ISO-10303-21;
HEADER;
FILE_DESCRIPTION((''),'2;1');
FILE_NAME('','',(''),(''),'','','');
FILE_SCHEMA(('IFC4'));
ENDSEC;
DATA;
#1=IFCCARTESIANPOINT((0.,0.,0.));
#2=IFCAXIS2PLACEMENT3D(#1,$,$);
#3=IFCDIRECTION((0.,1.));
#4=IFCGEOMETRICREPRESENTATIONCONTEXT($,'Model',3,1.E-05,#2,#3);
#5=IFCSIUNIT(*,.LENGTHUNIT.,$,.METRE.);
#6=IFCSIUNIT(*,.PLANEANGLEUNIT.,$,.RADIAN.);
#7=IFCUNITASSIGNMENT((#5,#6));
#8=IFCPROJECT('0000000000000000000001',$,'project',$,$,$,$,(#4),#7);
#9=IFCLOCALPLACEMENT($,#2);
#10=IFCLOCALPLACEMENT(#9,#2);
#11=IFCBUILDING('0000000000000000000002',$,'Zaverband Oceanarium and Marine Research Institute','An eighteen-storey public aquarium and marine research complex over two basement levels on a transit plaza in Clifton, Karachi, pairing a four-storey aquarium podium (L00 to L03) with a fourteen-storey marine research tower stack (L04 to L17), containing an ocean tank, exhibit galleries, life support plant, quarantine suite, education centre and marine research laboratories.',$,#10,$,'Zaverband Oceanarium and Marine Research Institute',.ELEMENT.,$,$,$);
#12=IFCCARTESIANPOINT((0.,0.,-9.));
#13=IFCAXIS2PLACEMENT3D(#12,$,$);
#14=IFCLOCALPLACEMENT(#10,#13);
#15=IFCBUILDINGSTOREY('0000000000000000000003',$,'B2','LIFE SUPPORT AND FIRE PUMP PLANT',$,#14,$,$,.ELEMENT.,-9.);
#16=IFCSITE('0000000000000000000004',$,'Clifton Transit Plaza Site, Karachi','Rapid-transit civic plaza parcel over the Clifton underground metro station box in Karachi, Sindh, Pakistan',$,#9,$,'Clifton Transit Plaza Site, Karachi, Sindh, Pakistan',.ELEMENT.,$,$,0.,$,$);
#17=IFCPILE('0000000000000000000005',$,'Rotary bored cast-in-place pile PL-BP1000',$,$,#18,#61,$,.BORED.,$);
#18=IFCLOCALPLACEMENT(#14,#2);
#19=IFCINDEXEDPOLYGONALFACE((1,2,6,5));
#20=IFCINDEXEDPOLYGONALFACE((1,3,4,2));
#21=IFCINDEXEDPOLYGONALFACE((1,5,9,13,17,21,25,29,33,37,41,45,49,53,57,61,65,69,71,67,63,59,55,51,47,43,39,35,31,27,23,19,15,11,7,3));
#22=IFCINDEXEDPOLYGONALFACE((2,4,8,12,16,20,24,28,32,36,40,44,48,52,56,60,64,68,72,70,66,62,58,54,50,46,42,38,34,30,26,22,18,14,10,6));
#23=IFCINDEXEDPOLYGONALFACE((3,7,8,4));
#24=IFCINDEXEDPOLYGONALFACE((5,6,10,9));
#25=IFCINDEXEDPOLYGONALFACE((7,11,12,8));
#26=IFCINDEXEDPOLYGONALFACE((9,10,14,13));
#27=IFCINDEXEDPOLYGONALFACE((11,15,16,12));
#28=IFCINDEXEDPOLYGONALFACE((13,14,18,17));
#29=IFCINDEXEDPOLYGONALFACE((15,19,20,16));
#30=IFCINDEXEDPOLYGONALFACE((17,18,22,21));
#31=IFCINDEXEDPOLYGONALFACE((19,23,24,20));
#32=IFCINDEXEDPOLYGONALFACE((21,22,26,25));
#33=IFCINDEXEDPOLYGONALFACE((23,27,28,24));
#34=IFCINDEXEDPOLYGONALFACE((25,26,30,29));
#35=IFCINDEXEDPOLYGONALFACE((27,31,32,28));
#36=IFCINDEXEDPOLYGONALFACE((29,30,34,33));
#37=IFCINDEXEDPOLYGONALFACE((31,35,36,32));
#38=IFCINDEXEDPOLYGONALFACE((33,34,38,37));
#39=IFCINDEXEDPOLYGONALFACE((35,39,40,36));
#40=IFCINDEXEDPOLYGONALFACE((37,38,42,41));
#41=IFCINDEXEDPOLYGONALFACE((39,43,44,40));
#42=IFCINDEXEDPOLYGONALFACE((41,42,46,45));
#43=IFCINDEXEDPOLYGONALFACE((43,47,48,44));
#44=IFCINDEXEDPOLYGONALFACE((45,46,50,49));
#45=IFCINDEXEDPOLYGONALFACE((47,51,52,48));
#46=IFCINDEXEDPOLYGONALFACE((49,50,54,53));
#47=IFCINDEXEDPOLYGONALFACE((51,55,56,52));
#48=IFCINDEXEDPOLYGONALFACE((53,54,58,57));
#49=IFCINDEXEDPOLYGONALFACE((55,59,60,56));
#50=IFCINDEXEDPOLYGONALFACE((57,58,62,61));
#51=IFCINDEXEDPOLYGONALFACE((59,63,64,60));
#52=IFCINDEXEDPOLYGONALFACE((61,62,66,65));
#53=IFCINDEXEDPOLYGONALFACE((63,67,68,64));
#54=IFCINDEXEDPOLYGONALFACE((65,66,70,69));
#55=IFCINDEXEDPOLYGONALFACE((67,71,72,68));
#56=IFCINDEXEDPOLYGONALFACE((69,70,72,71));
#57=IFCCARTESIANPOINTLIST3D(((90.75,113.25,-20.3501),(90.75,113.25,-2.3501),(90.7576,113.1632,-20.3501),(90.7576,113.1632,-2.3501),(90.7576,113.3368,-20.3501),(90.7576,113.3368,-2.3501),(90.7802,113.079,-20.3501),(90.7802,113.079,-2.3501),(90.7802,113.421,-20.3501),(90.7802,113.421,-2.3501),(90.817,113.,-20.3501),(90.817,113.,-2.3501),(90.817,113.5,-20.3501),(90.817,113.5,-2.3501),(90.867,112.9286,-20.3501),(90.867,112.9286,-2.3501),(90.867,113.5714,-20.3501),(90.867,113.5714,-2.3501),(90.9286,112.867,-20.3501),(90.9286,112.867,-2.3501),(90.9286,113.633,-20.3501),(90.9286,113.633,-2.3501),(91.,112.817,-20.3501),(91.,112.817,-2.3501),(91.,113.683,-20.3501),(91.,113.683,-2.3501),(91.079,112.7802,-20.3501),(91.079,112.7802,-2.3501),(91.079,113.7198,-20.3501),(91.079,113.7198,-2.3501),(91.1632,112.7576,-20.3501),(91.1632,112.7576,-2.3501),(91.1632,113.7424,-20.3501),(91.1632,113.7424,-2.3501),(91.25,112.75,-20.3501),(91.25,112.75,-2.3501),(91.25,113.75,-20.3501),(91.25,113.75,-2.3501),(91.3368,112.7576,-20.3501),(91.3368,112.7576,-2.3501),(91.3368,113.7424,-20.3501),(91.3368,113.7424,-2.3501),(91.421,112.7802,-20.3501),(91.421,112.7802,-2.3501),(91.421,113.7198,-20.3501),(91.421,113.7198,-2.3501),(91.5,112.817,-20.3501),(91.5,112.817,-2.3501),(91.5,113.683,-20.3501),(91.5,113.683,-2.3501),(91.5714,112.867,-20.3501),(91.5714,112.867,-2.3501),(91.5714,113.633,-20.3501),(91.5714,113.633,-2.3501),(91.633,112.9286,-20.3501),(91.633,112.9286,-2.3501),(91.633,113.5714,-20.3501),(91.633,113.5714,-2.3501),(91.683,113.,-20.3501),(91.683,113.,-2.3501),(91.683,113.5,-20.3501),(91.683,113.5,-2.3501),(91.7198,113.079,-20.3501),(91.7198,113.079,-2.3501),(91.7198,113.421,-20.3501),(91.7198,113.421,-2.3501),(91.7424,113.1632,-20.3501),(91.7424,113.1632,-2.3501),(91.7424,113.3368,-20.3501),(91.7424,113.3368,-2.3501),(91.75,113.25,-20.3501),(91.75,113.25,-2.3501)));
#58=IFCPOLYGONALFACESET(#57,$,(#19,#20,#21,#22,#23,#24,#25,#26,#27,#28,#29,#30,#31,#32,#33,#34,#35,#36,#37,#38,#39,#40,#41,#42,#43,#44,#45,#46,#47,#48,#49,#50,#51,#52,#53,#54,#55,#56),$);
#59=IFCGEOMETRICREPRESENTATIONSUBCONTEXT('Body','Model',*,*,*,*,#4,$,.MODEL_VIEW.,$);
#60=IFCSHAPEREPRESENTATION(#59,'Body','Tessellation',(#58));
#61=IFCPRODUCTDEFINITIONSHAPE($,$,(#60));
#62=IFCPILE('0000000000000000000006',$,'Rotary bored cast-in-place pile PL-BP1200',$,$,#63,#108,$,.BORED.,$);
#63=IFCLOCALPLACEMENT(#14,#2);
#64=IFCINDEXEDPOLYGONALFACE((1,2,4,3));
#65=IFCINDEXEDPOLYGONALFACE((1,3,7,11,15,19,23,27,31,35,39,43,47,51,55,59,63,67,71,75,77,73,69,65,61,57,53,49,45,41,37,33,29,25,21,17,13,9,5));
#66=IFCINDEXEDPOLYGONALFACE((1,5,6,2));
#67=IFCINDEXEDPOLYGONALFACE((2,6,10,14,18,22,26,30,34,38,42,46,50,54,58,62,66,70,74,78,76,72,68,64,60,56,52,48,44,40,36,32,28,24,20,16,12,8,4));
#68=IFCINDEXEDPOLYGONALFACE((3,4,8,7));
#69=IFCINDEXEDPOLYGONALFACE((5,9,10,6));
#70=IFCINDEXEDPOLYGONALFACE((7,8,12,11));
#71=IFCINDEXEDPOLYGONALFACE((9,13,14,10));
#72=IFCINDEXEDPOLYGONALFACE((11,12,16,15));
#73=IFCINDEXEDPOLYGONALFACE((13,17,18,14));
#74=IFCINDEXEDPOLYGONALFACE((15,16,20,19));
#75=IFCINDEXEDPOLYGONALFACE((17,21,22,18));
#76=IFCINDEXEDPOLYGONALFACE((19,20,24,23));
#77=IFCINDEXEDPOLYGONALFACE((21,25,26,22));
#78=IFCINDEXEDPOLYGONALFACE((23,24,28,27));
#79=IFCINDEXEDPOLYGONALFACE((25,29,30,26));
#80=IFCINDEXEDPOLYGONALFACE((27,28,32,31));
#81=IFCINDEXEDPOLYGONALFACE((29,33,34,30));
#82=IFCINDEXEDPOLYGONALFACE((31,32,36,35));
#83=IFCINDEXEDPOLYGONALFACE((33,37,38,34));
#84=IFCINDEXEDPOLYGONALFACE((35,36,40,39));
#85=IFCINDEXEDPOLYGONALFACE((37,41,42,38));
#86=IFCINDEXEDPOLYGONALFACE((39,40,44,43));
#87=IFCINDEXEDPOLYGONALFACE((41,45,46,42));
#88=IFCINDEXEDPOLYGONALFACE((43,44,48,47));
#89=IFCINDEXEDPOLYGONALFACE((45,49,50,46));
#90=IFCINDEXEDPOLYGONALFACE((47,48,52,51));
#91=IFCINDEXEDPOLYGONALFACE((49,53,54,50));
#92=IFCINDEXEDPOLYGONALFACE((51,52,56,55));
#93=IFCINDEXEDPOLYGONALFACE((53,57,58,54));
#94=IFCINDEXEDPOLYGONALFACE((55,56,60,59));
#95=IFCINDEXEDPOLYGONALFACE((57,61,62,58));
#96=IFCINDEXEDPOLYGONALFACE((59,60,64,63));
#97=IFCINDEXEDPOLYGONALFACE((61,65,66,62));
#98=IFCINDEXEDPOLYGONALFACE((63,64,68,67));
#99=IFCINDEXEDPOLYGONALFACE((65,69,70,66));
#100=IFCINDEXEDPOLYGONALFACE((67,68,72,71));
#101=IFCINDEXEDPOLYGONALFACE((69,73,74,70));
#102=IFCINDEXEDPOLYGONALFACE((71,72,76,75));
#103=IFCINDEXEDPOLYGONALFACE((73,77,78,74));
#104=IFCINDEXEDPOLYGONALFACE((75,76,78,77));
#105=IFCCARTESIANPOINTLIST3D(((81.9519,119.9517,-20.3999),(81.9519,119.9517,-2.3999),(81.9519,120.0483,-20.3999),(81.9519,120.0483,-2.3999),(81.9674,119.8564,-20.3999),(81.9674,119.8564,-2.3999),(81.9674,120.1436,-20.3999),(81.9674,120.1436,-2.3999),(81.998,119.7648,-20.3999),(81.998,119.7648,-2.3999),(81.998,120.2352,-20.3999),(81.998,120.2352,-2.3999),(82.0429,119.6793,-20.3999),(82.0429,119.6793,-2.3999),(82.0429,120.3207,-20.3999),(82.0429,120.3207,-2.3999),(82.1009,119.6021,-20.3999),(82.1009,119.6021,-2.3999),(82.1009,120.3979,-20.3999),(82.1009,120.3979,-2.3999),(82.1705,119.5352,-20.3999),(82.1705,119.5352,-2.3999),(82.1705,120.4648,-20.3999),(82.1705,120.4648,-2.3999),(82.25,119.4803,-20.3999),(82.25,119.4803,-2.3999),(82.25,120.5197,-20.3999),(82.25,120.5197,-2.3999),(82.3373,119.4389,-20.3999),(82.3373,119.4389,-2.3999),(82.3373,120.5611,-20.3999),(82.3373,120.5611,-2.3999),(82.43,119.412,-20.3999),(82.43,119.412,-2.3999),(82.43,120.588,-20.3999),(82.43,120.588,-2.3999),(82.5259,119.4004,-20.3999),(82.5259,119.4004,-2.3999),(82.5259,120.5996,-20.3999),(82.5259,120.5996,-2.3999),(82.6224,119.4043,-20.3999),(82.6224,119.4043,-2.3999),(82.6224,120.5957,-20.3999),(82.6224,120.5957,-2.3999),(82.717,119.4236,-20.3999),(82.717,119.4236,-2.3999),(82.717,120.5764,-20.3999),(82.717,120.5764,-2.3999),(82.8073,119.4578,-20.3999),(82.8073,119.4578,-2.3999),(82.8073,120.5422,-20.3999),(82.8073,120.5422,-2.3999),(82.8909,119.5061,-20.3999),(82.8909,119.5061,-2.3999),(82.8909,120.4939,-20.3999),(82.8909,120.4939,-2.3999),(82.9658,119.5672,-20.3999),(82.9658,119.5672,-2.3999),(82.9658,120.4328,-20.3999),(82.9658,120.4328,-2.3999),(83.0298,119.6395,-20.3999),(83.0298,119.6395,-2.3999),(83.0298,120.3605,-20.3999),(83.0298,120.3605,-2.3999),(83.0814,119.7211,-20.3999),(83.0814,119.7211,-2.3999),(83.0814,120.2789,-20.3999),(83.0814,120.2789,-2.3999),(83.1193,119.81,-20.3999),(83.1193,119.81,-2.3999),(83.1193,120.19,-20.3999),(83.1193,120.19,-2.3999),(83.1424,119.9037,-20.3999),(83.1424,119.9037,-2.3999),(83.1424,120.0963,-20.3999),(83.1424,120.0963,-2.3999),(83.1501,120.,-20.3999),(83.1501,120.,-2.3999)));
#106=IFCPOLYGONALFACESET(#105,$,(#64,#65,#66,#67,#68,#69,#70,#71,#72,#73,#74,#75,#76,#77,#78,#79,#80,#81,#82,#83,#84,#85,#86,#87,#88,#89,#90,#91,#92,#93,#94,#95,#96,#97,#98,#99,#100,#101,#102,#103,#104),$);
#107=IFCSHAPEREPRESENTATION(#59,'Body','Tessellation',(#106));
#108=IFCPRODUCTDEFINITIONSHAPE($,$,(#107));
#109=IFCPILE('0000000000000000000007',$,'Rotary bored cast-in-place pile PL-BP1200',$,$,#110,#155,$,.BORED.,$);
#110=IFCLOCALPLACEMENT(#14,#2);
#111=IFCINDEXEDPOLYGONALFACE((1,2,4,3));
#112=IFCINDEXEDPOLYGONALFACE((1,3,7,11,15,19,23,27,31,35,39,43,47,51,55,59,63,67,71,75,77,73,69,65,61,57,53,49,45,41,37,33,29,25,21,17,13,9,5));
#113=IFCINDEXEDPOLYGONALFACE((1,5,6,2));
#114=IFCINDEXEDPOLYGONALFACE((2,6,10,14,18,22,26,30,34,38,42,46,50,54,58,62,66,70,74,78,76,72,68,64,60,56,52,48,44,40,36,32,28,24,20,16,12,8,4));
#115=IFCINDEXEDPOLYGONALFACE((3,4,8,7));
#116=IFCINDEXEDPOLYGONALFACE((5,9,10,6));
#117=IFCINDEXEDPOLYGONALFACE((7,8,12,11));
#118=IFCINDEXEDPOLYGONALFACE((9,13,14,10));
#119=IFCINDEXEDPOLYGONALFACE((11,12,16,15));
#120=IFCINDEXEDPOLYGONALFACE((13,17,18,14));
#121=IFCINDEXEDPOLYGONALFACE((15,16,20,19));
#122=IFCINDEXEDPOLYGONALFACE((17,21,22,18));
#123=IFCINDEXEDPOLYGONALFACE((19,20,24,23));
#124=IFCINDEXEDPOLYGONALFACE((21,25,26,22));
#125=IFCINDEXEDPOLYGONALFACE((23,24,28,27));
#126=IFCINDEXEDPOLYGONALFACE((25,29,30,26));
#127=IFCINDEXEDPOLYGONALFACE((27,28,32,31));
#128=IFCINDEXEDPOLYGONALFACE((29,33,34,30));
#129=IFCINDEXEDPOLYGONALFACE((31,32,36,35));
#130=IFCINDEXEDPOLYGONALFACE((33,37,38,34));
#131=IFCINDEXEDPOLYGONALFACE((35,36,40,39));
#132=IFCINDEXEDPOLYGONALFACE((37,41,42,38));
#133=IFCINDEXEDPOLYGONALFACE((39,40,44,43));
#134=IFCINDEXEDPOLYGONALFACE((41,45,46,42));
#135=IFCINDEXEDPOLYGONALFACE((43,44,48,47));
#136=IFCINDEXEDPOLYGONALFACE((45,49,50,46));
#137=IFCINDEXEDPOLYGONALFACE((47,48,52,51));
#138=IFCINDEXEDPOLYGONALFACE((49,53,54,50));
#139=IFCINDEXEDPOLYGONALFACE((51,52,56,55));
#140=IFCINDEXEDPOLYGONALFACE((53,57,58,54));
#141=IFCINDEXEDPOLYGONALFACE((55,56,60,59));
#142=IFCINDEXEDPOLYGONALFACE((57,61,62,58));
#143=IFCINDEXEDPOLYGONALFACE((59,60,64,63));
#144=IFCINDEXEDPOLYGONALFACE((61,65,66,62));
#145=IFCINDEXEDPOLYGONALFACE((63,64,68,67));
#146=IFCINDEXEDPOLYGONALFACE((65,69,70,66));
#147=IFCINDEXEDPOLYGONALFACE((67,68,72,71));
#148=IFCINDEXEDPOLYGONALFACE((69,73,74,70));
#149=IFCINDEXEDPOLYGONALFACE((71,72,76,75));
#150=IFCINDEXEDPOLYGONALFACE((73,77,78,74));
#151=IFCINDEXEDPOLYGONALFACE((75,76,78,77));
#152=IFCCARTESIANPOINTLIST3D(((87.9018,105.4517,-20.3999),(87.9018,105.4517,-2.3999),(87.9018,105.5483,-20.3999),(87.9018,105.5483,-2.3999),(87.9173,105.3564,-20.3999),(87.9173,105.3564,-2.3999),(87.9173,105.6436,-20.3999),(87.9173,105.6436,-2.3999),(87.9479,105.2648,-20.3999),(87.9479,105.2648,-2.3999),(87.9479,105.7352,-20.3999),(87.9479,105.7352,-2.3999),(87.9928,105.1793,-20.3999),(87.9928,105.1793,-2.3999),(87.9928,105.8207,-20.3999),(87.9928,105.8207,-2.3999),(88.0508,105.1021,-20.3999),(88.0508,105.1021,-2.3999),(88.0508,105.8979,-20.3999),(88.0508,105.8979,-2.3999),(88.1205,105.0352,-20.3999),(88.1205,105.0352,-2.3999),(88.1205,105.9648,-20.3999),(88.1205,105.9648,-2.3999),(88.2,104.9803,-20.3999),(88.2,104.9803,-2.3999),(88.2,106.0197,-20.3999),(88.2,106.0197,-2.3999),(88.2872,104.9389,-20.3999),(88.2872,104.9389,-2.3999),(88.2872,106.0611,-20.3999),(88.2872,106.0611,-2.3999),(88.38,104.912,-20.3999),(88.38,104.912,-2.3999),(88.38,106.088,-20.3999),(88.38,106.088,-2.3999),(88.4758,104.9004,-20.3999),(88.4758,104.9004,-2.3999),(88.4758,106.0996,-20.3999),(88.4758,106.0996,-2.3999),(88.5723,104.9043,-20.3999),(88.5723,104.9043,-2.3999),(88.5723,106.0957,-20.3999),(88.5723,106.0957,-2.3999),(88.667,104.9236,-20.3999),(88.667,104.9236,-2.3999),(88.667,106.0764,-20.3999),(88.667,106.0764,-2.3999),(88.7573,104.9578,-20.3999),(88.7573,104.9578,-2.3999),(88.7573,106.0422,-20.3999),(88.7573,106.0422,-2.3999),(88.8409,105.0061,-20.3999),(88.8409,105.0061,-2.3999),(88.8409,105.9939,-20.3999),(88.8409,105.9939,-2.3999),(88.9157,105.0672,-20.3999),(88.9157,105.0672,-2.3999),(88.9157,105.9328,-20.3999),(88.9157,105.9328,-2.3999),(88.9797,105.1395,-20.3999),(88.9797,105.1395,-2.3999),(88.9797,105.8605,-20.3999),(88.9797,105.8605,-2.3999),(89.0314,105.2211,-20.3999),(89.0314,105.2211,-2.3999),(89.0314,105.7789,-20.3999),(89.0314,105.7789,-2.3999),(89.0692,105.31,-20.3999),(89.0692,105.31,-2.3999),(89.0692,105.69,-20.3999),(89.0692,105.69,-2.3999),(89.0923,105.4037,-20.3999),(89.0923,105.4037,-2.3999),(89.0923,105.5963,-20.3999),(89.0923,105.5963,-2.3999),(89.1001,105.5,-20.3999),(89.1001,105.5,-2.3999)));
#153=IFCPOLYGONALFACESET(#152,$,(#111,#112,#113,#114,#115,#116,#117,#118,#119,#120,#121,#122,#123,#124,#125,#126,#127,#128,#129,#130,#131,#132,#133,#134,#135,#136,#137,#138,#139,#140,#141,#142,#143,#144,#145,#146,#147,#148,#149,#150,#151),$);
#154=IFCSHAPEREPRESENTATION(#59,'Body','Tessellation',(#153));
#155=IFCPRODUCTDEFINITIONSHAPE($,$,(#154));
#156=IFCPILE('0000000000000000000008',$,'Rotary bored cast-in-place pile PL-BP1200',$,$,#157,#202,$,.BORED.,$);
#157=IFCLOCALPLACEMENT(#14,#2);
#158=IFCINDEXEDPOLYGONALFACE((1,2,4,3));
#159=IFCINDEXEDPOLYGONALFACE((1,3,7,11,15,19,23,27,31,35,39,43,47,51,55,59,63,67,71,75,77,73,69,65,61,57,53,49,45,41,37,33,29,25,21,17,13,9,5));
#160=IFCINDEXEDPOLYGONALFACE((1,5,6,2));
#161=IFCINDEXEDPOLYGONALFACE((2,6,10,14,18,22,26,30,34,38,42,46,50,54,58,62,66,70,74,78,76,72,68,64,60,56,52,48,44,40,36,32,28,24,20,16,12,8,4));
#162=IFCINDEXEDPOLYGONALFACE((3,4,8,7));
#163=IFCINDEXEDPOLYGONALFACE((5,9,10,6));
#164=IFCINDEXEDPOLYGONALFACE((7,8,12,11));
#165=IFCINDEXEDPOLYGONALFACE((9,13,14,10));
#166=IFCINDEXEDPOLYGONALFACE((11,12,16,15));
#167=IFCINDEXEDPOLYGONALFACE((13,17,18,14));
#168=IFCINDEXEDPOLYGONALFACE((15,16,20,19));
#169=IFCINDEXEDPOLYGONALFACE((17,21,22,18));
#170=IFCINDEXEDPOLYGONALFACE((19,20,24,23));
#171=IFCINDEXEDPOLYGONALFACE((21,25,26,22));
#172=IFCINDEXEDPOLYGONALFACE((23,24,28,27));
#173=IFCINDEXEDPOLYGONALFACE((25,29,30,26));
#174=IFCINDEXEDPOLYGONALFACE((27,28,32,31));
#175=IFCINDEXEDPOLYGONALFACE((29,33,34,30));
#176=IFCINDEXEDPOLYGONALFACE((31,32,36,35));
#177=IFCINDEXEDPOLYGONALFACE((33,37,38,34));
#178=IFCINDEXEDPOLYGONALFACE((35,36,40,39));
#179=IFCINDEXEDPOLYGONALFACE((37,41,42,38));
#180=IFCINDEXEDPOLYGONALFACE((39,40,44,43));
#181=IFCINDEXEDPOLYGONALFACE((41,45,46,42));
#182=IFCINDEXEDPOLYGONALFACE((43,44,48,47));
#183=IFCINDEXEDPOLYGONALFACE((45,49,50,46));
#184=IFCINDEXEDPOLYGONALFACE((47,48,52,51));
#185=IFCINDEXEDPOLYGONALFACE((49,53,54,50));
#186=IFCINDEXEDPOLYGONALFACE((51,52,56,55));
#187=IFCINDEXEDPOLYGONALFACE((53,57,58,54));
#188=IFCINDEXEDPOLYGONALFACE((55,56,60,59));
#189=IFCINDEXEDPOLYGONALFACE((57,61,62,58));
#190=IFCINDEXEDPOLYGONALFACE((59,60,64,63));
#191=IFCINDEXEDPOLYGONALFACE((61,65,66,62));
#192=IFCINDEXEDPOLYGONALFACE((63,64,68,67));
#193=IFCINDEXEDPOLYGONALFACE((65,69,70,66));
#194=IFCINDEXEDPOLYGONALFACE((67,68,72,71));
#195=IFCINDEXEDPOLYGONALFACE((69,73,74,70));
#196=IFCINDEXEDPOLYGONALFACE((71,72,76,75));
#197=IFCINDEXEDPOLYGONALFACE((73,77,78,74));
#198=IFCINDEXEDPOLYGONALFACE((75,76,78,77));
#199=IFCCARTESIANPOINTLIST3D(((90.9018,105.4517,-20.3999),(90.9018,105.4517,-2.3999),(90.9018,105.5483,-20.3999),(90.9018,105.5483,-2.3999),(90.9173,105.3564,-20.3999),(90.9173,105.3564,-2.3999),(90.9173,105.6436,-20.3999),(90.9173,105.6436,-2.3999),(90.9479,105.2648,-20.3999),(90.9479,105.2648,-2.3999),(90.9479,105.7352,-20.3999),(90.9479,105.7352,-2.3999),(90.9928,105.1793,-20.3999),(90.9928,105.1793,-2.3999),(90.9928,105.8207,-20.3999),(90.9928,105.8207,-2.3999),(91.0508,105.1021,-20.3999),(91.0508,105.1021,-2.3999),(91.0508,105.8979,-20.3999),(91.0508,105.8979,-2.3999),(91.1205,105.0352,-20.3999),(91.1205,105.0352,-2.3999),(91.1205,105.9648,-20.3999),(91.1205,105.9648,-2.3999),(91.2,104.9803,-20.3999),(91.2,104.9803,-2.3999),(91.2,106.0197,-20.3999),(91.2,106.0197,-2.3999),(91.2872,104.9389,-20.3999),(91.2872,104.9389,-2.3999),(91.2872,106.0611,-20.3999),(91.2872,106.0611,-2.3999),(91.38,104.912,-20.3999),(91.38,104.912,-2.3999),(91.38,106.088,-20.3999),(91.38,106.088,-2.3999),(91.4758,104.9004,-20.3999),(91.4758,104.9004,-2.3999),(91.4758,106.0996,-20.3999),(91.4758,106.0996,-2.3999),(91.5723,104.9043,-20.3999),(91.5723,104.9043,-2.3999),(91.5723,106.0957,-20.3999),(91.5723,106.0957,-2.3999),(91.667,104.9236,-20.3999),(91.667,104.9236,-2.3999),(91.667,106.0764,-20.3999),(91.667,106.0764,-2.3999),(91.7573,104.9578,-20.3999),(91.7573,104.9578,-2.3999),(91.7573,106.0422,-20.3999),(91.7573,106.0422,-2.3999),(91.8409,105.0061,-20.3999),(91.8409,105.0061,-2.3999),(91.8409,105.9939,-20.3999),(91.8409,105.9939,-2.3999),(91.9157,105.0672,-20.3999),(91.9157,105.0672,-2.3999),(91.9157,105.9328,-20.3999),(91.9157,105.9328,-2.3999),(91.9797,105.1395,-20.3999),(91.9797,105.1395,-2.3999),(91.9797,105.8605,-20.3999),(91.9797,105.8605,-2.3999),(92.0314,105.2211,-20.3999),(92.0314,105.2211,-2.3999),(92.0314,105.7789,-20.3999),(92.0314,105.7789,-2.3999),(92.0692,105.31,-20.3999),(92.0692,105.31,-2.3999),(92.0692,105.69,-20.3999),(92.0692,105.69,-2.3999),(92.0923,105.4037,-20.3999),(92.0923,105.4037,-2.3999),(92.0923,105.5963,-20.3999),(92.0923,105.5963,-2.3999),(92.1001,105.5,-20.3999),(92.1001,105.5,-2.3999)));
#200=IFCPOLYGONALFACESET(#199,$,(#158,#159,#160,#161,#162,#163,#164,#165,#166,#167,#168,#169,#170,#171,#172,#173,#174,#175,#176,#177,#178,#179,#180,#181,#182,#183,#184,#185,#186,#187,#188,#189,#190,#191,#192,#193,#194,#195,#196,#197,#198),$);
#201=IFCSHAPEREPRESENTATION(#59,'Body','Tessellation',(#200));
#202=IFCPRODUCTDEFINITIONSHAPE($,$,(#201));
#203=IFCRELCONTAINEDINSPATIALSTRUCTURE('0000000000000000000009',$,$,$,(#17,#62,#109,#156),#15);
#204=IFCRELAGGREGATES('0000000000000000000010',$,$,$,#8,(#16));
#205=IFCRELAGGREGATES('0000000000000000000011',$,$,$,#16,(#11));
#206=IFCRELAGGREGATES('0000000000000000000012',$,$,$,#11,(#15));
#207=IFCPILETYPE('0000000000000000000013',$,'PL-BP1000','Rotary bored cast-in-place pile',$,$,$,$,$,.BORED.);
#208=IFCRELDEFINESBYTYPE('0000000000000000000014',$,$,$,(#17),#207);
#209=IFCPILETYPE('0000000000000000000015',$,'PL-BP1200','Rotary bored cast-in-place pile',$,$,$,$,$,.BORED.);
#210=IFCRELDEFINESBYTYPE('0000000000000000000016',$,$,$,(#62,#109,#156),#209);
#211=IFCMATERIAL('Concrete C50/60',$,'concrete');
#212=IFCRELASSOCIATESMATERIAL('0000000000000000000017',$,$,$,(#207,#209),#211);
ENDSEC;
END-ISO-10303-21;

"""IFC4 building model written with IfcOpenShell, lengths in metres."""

from ifc_helpers import new_model, si_unit, direction, frame, origin, origin_2d, place, context, subcontext, project, spatial, circle, extrude, material, material_profile, profile_set, type_object, element, save


model = new_model("IFC4")

# Units and contexts
model_context = context("Model", 3, precision=1e-05, world=origin(), true_north=direction((0.0, 1.0)))
body_context = subcontext(model_context, "Body", "Model", "MODEL_VIEW")
ifc_project = project(units=[si_unit("LENGTHUNIT", "METRE"), si_unit("PLANEANGLEUNIT", "RADIAN")], contexts=[model_context])

# Site, building, storey
site_placement = place(None, origin())
site = spatial("IfcSite", under=ifc_project, at=site_placement, Name="Clifton Transit Plaza Site, Karachi", Description="Rapid-transit civic plaza parcel over the Clifton underground metro station box in Karachi, Sindh, Pakistan", LongName="Clifton Transit Plaza Site, Karachi, Sindh, Pakistan", CompositionType="ELEMENT", RefElevation=0.0)
building_placement = place(site_placement, origin())
building = spatial("IfcBuilding", under=site, at=building_placement, Name="Zaverband Oceanarium and Marine Research Institute", Description="An eighteen-storey public aquarium and marine research complex over two basement levels on a transit plaza in Clifton, Karachi, pairing a four-storey aquarium podium (L00 to L03) with a fourteen-storey marine research tower stack (L04 to L17), containing an ocean tank, exhibit galleries, life support plant, quarantine suite, education centre and marine research laboratories.", LongName="Zaverband Oceanarium and Marine Research Institute", CompositionType="ELEMENT")
storey_placement = place(building_placement, frame((0.0, 0.0, -9.0)))
storey = spatial("IfcBuildingStorey", under=building, at=storey_placement, Name="B2", Description="LIFE SUPPORT AND FIRE PUMP PLANT", CompositionType="ELEMENT", Elevation=-9.0)

# Shared definitions
ifc_material_1 = material(Name="Concrete C50/60", Category="concrete")

# Piles
ifc_material_profile_1 = material_profile(ifc_material_1, circle(Radius=0.5, at=origin_2d()), Name="BP1000")
ifc_profile_set_1 = profile_set([ifc_material_profile_1], Name="Concrete C50/60")
pile_type_1 = type_object("IfcPileType", Name="PL-BP1000", Description="Rotary bored cast-in-place pile", PredefinedType="BORED", material=ifc_profile_set_1)
for number, where, z_axis, x_axis, name in (
    (1, (91.25, 113.25, -2.3501), (0.0, 0.0, -1.0), (1.0, 0.0, 0.0), "Rotary bored cast-in-place pile PL-BP1000"),
):
    element("IfcPile", number, at=place(storey_placement, frame(where, z_axis=z_axis, x_axis=x_axis)), inside=storey, type_object=pile_type_1, Name=name, PredefinedType="BORED", context=body_context, shape_type="SweptSolid", body=[
        extrude(circle(Radius=0.5, at=origin_2d()), origin(), (0.0, 0.0, 1.0), 18.0),
    ])
ifc_material_profile_2 = material_profile(ifc_material_1, circle(Radius=0.6001, at=origin_2d()), Name="BP1200")
ifc_profile_set_2 = profile_set([ifc_material_profile_2], Name="Concrete C50/60")
pile_type_2 = type_object("IfcPileType", Name="PL-BP1200", Description="Rotary bored cast-in-place pile", PredefinedType="BORED", material=ifc_profile_set_2)
for number, where, z_axis, x_axis, name in (
    (2, (82.55, 120.0, -2.3999), (0.0, 0.0, -1.0), (1.0, 0.0, 0.0), "Rotary bored cast-in-place pile PL-BP1200"),
    (3, (88.5, 105.5, -2.3999), (0.0, 0.0, -1.0), (1.0, 0.0, 0.0), "Rotary bored cast-in-place pile PL-BP1200"),
    (4, (91.5, 105.5, -2.3999), (0.0, 0.0, -1.0), (1.0, 0.0, 0.0), "Rotary bored cast-in-place pile PL-BP1200"),
):
    element("IfcPile", number, at=place(storey_placement, frame(where, z_axis=z_axis, x_axis=x_axis)), inside=storey, type_object=pile_type_2, Name=name, PredefinedType="BORED", context=body_context, shape_type="SweptSolid", body=[
        extrude(circle(Radius=0.6001, at=origin_2d()), origin(), (0.0, 0.0, 1.0), 18.0),
    ])

save(model, "model.ifc")
